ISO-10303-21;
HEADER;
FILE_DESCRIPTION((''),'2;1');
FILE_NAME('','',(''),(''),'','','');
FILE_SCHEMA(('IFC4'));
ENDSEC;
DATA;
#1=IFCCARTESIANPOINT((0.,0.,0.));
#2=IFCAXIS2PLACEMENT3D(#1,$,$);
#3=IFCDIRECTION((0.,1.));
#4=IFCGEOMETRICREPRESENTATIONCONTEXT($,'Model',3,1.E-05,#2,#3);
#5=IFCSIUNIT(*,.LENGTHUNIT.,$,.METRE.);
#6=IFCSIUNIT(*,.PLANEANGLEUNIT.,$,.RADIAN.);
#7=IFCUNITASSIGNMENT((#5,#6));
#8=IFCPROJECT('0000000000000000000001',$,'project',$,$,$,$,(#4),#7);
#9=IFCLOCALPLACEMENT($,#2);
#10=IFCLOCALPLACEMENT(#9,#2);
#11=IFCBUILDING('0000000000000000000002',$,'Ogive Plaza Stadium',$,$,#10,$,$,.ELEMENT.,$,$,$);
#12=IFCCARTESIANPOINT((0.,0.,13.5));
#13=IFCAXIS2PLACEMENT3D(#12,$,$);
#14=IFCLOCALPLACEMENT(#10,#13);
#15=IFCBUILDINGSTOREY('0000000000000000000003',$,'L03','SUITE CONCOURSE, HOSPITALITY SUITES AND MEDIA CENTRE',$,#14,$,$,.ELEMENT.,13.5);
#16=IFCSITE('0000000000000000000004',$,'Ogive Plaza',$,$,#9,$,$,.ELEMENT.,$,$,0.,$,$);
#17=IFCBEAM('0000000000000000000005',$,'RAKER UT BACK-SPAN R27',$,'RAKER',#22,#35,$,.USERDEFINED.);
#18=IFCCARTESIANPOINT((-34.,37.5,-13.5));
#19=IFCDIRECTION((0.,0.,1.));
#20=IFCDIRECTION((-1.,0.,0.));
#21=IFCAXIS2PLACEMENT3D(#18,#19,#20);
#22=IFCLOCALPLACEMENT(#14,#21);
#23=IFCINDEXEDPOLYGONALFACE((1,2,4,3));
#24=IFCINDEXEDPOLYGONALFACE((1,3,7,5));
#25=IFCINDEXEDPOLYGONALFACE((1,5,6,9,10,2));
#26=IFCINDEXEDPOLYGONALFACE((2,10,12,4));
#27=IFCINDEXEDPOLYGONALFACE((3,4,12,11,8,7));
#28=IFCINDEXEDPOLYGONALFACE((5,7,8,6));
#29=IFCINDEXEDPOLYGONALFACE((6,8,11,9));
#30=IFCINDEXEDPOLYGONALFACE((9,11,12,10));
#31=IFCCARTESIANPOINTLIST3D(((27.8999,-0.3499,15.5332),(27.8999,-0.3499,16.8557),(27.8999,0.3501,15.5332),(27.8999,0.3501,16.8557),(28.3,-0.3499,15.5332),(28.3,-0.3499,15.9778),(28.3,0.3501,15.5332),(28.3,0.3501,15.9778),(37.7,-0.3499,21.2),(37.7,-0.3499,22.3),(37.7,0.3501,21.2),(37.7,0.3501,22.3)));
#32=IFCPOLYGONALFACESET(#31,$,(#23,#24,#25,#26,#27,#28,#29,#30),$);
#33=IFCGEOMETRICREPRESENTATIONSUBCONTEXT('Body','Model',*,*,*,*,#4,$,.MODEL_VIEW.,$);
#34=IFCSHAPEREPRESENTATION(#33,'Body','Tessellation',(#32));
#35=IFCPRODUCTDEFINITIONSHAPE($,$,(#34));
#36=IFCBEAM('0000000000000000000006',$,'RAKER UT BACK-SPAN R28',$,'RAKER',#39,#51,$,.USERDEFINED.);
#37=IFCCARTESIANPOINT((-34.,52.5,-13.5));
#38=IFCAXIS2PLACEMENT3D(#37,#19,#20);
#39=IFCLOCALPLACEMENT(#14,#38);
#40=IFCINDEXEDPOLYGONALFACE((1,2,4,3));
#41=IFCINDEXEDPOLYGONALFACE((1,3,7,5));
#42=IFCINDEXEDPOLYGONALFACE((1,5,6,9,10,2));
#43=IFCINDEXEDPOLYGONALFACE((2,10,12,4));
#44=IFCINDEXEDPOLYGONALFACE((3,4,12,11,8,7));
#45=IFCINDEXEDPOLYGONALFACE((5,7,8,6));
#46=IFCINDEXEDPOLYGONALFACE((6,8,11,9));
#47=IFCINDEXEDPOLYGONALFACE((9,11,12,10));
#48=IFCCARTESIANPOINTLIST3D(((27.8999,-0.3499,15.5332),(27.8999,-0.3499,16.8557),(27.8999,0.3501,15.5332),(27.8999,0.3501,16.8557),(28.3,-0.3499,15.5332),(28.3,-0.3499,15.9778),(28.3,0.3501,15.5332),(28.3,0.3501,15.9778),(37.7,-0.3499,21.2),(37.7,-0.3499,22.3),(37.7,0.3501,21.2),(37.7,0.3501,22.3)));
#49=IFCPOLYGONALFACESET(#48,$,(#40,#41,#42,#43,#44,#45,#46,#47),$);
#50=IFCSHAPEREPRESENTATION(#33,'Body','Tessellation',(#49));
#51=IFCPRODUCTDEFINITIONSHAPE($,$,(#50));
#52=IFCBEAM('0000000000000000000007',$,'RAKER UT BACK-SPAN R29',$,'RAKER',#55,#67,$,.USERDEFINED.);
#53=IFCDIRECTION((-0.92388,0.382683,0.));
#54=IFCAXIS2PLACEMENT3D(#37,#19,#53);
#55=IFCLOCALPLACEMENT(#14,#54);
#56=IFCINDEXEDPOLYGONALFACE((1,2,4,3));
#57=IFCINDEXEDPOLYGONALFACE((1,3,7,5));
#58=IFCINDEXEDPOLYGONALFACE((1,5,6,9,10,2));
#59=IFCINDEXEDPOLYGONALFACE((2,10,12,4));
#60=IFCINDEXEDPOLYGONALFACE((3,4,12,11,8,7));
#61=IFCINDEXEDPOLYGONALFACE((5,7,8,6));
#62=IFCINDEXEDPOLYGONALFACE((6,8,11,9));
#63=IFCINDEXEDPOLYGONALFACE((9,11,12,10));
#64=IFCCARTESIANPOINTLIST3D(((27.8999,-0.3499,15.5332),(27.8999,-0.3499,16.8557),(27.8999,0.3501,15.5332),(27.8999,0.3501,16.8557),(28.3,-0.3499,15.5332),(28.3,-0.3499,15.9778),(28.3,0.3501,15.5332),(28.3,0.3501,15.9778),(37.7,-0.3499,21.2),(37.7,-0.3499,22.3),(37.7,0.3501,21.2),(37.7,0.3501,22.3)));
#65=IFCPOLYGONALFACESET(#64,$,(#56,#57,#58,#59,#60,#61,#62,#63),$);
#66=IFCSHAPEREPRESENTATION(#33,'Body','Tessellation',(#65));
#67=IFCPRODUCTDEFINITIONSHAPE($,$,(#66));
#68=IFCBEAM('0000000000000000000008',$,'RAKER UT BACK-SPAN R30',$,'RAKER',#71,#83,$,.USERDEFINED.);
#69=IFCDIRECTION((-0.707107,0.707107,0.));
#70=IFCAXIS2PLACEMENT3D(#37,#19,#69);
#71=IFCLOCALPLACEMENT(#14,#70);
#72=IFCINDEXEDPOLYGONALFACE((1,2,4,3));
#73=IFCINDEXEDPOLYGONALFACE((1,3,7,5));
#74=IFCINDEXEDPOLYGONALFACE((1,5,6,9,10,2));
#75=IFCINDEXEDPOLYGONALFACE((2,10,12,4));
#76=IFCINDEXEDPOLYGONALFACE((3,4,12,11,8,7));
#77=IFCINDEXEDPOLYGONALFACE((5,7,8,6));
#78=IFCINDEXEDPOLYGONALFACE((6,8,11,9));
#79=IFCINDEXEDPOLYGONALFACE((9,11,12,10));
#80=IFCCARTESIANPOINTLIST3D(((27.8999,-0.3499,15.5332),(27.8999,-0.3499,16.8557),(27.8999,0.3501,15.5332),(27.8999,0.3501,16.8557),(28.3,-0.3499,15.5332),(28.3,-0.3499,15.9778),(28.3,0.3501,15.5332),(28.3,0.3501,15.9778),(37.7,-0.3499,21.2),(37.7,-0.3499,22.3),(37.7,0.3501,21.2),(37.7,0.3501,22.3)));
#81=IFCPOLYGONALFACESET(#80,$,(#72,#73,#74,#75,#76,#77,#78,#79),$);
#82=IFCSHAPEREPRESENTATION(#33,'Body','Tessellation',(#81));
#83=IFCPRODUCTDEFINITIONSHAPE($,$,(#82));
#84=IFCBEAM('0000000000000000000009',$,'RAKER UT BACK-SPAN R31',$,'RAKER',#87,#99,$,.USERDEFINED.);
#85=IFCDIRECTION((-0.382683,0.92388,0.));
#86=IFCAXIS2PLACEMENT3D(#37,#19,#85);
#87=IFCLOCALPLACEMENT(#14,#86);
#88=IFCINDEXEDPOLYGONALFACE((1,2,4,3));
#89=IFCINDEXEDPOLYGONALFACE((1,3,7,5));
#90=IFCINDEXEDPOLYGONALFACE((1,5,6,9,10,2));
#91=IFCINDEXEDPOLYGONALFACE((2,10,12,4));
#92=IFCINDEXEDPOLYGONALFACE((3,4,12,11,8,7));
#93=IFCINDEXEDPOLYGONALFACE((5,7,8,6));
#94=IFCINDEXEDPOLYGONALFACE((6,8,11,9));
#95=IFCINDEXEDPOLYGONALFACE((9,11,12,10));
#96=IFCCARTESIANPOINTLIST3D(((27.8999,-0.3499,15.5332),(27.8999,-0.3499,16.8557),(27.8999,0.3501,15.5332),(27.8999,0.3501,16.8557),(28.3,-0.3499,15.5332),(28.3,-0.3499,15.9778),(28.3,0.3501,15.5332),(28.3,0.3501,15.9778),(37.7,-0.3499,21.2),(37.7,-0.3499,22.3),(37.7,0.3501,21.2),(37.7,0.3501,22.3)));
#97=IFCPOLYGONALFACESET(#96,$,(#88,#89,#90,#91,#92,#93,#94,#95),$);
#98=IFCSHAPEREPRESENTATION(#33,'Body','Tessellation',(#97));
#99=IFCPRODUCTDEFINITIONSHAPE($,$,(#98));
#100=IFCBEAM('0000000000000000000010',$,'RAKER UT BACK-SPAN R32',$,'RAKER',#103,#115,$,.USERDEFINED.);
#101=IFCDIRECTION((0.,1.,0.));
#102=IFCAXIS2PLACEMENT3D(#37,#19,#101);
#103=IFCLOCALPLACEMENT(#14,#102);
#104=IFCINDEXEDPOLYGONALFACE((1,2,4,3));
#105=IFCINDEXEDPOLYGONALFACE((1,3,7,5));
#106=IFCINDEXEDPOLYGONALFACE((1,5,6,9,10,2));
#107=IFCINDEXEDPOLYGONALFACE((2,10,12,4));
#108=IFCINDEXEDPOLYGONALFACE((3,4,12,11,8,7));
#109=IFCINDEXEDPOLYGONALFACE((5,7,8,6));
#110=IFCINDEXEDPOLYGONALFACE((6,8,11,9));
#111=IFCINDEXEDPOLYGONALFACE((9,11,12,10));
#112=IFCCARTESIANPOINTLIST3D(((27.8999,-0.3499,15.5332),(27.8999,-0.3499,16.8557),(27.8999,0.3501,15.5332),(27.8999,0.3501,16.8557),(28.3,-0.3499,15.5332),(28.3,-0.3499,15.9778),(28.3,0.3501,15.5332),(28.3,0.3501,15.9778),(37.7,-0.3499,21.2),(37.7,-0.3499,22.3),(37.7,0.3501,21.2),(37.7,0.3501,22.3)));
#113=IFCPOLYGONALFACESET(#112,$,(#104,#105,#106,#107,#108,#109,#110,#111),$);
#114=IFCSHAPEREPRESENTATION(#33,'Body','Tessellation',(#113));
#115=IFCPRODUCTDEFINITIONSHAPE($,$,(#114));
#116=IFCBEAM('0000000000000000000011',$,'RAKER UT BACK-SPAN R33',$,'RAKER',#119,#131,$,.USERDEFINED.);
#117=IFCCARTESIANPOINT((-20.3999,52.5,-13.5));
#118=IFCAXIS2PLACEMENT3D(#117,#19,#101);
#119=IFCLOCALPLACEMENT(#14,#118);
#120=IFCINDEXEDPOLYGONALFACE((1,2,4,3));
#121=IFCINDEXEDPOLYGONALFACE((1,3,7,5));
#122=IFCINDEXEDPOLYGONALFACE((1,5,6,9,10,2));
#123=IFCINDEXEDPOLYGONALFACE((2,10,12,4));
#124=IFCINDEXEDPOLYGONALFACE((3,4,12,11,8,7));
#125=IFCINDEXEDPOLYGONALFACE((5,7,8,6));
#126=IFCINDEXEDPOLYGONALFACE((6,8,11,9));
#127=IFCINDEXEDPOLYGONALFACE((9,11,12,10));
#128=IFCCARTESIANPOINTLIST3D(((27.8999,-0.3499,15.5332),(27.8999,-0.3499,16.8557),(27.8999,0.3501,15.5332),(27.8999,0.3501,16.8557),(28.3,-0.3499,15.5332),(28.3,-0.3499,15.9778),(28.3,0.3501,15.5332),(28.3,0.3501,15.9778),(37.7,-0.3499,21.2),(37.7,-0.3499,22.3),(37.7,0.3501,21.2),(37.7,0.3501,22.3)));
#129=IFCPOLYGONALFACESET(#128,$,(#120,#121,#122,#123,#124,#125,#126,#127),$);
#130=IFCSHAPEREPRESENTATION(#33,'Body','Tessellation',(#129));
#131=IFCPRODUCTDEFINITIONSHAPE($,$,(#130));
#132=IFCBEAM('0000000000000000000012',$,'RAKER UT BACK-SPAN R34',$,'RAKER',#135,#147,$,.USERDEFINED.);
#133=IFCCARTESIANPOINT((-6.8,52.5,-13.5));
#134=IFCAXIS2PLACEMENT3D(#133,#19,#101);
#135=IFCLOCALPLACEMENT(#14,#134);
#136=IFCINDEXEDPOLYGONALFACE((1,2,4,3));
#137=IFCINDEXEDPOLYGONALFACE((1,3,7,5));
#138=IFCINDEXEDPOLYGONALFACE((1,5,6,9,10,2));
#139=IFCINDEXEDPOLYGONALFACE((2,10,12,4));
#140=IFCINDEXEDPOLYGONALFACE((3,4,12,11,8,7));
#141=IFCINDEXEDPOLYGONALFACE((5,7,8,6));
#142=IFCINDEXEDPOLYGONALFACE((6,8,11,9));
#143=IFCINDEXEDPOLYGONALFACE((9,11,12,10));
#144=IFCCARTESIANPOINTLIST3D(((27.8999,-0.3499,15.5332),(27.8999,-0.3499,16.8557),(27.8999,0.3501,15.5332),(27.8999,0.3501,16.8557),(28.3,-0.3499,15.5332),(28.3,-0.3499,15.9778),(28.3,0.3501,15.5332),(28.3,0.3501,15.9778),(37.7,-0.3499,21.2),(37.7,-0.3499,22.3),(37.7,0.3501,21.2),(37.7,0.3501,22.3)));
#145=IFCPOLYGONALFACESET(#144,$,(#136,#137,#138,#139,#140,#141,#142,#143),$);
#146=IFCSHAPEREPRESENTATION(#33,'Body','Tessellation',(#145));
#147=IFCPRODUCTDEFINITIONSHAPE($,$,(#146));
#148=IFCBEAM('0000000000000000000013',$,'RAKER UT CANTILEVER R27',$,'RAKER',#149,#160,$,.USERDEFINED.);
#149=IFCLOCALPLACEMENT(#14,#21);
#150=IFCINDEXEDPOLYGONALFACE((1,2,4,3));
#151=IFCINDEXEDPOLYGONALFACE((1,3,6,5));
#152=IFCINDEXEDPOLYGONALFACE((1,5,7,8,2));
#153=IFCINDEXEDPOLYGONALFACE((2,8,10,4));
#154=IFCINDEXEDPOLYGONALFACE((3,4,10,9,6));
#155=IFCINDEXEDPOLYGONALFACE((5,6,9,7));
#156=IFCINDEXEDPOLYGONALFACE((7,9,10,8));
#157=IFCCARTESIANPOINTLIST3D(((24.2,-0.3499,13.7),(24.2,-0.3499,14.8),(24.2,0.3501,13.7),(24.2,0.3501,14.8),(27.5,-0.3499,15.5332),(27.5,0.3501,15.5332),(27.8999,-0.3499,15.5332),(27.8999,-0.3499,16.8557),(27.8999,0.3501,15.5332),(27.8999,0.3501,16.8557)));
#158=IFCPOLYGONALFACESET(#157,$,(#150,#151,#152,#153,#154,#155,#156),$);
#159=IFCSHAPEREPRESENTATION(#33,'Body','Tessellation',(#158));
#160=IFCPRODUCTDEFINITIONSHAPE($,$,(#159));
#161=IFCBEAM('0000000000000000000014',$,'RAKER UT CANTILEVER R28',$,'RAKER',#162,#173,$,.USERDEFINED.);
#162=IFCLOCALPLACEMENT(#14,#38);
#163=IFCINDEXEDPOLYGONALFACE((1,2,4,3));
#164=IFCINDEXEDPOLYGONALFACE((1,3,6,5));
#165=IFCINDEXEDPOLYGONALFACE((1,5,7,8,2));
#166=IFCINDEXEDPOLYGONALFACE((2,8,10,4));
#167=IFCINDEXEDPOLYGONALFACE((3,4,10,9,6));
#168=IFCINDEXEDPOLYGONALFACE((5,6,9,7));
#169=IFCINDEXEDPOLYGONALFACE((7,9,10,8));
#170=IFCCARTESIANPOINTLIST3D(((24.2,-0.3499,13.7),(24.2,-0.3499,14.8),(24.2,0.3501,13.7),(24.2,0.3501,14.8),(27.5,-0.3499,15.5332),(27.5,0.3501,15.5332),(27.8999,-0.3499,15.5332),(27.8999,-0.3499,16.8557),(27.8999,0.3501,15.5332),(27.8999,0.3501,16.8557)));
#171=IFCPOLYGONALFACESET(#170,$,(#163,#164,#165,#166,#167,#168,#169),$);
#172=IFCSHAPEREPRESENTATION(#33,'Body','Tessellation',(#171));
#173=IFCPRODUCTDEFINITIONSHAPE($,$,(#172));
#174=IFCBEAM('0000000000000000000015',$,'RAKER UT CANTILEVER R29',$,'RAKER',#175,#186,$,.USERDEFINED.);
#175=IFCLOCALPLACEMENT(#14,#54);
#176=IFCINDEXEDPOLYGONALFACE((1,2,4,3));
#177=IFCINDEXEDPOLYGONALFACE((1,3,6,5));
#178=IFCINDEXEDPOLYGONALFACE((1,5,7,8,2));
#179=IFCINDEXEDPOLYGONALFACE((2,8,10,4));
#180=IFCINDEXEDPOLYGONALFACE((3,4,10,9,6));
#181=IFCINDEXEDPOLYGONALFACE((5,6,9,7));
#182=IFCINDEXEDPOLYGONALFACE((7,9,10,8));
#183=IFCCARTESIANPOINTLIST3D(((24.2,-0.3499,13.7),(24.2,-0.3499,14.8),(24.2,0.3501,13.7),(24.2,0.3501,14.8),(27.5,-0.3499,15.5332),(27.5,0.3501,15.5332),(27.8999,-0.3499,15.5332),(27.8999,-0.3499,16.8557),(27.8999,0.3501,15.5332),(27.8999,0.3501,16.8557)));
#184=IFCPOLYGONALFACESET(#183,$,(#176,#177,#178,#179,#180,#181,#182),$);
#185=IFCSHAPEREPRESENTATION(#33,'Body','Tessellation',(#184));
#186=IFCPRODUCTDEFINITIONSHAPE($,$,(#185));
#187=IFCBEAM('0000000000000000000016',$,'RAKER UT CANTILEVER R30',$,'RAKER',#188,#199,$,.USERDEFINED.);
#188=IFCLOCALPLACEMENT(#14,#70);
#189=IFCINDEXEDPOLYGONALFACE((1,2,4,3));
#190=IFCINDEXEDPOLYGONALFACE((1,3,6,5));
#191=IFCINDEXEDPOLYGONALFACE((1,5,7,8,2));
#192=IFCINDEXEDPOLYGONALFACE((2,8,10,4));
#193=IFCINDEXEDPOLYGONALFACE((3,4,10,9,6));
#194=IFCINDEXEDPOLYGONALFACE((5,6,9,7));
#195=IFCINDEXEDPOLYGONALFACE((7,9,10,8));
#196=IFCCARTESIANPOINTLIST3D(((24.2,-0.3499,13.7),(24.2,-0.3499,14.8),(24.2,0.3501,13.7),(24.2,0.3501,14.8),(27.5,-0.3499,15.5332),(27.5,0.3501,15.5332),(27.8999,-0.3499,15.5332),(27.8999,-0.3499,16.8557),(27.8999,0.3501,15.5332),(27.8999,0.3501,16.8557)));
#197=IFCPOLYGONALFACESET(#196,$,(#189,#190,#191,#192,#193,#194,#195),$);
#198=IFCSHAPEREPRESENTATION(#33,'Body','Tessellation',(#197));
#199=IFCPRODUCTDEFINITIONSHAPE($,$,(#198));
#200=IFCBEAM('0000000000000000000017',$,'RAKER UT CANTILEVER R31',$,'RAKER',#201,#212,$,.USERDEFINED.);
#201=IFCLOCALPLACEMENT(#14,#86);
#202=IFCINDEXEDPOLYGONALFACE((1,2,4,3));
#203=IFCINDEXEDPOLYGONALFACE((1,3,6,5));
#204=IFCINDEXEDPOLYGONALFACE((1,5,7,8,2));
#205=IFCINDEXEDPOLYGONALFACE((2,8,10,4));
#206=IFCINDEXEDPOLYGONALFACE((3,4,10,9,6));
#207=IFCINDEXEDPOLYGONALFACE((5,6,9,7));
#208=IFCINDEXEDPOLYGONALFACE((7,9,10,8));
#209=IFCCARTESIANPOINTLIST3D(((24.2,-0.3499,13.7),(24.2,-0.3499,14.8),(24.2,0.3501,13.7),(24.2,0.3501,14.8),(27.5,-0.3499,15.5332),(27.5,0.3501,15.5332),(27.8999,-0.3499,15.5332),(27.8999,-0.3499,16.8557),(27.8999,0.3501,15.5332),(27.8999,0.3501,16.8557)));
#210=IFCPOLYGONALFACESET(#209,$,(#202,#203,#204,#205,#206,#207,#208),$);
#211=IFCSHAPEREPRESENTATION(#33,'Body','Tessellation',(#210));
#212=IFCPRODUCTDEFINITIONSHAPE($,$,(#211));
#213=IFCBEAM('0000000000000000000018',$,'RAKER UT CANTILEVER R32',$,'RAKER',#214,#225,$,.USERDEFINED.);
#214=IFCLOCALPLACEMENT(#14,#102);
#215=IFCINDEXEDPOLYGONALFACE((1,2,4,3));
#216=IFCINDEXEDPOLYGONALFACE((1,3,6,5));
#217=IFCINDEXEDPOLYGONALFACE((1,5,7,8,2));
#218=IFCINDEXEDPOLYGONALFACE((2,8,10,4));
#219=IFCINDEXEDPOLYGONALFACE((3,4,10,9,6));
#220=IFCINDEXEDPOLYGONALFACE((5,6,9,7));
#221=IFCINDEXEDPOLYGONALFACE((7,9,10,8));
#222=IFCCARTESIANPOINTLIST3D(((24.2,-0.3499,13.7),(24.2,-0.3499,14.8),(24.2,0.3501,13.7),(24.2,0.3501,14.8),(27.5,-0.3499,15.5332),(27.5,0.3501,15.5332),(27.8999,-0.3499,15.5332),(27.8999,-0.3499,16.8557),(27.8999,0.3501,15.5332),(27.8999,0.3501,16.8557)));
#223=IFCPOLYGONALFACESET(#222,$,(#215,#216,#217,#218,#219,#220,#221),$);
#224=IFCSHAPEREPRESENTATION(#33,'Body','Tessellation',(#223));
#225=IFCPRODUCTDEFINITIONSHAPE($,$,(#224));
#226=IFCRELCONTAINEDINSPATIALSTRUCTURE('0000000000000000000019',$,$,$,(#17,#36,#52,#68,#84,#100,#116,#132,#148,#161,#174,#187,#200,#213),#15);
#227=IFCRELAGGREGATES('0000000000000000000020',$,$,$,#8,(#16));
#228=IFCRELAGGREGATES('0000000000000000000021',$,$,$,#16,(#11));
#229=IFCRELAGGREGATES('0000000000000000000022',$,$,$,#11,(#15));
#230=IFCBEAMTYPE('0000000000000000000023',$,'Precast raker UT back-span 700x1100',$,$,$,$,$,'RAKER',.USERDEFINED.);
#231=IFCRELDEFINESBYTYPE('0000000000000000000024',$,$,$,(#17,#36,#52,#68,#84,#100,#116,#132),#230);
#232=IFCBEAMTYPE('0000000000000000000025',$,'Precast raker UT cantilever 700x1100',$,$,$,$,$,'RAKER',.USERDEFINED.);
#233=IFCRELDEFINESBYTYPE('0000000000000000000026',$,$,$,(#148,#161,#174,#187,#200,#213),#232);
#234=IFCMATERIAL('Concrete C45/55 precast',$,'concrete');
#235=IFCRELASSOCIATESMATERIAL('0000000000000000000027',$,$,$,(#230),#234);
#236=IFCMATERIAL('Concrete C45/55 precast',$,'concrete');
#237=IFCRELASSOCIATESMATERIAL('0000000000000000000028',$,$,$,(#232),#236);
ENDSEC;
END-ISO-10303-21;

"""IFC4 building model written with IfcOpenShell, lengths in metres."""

from ifc_helpers import new_model, si_unit, direction, frame, origin, origin_2d, place, context, subcontext, project, spatial, polyline, rectangle, outline, extrude, material, material_profile, profile_set, type_object, element, save


model = new_model("IFC4")

# Units and contexts
model_context = context("Model", 3, precision=1e-05, world=origin(), true_north=direction((0.0, 1.0)))
body_context = subcontext(model_context, "Body", "Model", "MODEL_VIEW")
ifc_project = project(units=[si_unit("LENGTHUNIT", "METRE"), si_unit("PLANEANGLEUNIT", "RADIAN")], contexts=[model_context])

# Site, building, storey
site_placement = place(None, origin())
site = spatial("IfcSite", under=ifc_project, at=site_placement, Name="Ogive Plaza", CompositionType="ELEMENT", RefElevation=0.0)
building_placement = place(site_placement, origin())
building = spatial("IfcBuilding", under=site, at=building_placement, Name="Ogive Plaza Stadium", CompositionType="ELEMENT")
storey_placement = place(building_placement, frame((0.0, 0.0, 13.5)))
storey = spatial("IfcBuildingStorey", under=building, at=storey_placement, Name="L03", Description="SUITE CONCOURSE, HOSPITALITY SUITES AND MEDIA CENTRE", CompositionType="ELEMENT", Elevation=13.5)

# Beams
ifc_material_1 = material(Name="Concrete C45/55 precast", Category="concrete")
ifc_material_profile_1 = material_profile(ifc_material_1, rectangle(XDim=0.7, YDim=1.1001, at=origin_2d()), Name="RC 700x1100")
ifc_profile_set_1 = profile_set([ifc_material_profile_1], Name="Concrete C45/55 precast")
beam_type_1 = type_object("IfcBeamType", Name="Precast raker UT back-span 700x1100", ElementType="RAKER", PredefinedType="USERDEFINED", material=ifc_profile_set_1)
for number, where, z_axis, x_axis, name in (
    (1, (-34.0, 37.5, -13.5), (0.0, 0.0, 1.0), (-1.0, 0.0, 0.0), "RAKER UT BACK-SPAN R27"),
    (2, (-34.0, 52.5, -13.5), (0.0, 0.0, 1.0), (-1.0, 0.0, 0.0), "RAKER UT BACK-SPAN R28"),
    (3, (-34.0, 52.5, -13.5), (0.0, 0.0, 1.0), (-0.92388, 0.382683, 0.0), "RAKER UT BACK-SPAN R29"),
    (4, (-34.0, 52.5, -13.5), (0.0, 0.0, 1.0), (-0.707107, 0.707107, 0.0), "RAKER UT BACK-SPAN R30"),
    (5, (-34.0, 52.5, -13.5), (0.0, 0.0, 1.0), (-0.382683, 0.92388, 0.0), "RAKER UT BACK-SPAN R31"),
    (6, (-34.0, 52.5, -13.5), (0.0, 0.0, 1.0), (0.0, 1.0, 0.0), "RAKER UT BACK-SPAN R32"),
    (7, (-20.3999, 52.5, -13.5), (0.0, 0.0, 1.0), (0.0, 1.0, 0.0), "RAKER UT BACK-SPAN R33"),
    (8, (-6.8, 52.5, -13.5), (0.0, 0.0, 1.0), (0.0, 1.0, 0.0), "RAKER UT BACK-SPAN R34"),
):
    element("IfcBeam", number, at=place(storey_placement, frame(where, z_axis=z_axis, x_axis=x_axis)), inside=storey, type_object=beam_type_1, Name=name, ObjectType="RAKER", PredefinedType="USERDEFINED", context=body_context, shape_type="SweptSolid", body=[
        extrude(outline(polyline([(27.8999, 15.5332), (28.3, 15.5332), (28.3, 15.9778), (37.7, 21.2), (37.7, 22.3), (27.8999, 16.8557), (27.8999, 15.5332)])), frame((0.0, 0.3501, 0.0), z_axis=(0.0, -1.0, 0.0), x_axis=(1.0, 0.0, 0.0)), (0.0, 0.0, 1.0), 0.7),
    ])
ifc_material_2 = material(Name="Concrete C45/55 precast", Category="concrete")
ifc_material_profile_2 = material_profile(ifc_material_2, rectangle(XDim=0.7, YDim=1.1001, at=origin_2d()), Name="RC 700x1100")
ifc_profile_set_2 = profile_set([ifc_material_profile_2], Name="Concrete C45/55 precast")
beam_type_2 = type_object("IfcBeamType", Name="Precast raker UT cantilever 700x1100", ElementType="RAKER", PredefinedType="USERDEFINED", material=ifc_profile_set_2)
for number, where, z_axis, x_axis, name in (
    (9, (-34.0, 37.5, -13.5), (0.0, 0.0, 1.0), (-1.0, 0.0, 0.0), "RAKER UT CANTILEVER R27"),
    (10, (-34.0, 52.5, -13.5), (0.0, 0.0, 1.0), (-1.0, 0.0, 0.0), "RAKER UT CANTILEVER R28"),
    (11, (-34.0, 52.5, -13.5), (0.0, 0.0, 1.0), (-0.92388, 0.382683, 0.0), "RAKER UT CANTILEVER R29"),
    (12, (-34.0, 52.5, -13.5), (0.0, 0.0, 1.0), (-0.707107, 0.707107, 0.0), "RAKER UT CANTILEVER R30"),
    (13, (-34.0, 52.5, -13.5), (0.0, 0.0, 1.0), (-0.382683, 0.92388, 0.0), "RAKER UT CANTILEVER R31"),
    (14, (-34.0, 52.5, -13.5), (0.0, 0.0, 1.0), (0.0, 1.0, 0.0), "RAKER UT CANTILEVER R32"),
):
    element("IfcBeam", number, at=place(storey_placement, frame(where, z_axis=z_axis, x_axis=x_axis)), inside=storey, type_object=beam_type_2, Name=name, ObjectType="RAKER", PredefinedType="USERDEFINED", context=body_context, shape_type="SweptSolid", body=[
        extrude(outline(polyline([(24.2, 13.7), (27.5, 15.5332), (27.8999, 15.5332), (27.8999, 16.8557), (24.2, 14.8), (24.2, 13.7)])), frame((0.0, 0.3501, 0.0), z_axis=(0.0, -1.0, 0.0), x_axis=(1.0, 0.0, 0.0)), (0.0, 0.0, 1.0), 0.7),
    ])

save(model, "model.ifc")
